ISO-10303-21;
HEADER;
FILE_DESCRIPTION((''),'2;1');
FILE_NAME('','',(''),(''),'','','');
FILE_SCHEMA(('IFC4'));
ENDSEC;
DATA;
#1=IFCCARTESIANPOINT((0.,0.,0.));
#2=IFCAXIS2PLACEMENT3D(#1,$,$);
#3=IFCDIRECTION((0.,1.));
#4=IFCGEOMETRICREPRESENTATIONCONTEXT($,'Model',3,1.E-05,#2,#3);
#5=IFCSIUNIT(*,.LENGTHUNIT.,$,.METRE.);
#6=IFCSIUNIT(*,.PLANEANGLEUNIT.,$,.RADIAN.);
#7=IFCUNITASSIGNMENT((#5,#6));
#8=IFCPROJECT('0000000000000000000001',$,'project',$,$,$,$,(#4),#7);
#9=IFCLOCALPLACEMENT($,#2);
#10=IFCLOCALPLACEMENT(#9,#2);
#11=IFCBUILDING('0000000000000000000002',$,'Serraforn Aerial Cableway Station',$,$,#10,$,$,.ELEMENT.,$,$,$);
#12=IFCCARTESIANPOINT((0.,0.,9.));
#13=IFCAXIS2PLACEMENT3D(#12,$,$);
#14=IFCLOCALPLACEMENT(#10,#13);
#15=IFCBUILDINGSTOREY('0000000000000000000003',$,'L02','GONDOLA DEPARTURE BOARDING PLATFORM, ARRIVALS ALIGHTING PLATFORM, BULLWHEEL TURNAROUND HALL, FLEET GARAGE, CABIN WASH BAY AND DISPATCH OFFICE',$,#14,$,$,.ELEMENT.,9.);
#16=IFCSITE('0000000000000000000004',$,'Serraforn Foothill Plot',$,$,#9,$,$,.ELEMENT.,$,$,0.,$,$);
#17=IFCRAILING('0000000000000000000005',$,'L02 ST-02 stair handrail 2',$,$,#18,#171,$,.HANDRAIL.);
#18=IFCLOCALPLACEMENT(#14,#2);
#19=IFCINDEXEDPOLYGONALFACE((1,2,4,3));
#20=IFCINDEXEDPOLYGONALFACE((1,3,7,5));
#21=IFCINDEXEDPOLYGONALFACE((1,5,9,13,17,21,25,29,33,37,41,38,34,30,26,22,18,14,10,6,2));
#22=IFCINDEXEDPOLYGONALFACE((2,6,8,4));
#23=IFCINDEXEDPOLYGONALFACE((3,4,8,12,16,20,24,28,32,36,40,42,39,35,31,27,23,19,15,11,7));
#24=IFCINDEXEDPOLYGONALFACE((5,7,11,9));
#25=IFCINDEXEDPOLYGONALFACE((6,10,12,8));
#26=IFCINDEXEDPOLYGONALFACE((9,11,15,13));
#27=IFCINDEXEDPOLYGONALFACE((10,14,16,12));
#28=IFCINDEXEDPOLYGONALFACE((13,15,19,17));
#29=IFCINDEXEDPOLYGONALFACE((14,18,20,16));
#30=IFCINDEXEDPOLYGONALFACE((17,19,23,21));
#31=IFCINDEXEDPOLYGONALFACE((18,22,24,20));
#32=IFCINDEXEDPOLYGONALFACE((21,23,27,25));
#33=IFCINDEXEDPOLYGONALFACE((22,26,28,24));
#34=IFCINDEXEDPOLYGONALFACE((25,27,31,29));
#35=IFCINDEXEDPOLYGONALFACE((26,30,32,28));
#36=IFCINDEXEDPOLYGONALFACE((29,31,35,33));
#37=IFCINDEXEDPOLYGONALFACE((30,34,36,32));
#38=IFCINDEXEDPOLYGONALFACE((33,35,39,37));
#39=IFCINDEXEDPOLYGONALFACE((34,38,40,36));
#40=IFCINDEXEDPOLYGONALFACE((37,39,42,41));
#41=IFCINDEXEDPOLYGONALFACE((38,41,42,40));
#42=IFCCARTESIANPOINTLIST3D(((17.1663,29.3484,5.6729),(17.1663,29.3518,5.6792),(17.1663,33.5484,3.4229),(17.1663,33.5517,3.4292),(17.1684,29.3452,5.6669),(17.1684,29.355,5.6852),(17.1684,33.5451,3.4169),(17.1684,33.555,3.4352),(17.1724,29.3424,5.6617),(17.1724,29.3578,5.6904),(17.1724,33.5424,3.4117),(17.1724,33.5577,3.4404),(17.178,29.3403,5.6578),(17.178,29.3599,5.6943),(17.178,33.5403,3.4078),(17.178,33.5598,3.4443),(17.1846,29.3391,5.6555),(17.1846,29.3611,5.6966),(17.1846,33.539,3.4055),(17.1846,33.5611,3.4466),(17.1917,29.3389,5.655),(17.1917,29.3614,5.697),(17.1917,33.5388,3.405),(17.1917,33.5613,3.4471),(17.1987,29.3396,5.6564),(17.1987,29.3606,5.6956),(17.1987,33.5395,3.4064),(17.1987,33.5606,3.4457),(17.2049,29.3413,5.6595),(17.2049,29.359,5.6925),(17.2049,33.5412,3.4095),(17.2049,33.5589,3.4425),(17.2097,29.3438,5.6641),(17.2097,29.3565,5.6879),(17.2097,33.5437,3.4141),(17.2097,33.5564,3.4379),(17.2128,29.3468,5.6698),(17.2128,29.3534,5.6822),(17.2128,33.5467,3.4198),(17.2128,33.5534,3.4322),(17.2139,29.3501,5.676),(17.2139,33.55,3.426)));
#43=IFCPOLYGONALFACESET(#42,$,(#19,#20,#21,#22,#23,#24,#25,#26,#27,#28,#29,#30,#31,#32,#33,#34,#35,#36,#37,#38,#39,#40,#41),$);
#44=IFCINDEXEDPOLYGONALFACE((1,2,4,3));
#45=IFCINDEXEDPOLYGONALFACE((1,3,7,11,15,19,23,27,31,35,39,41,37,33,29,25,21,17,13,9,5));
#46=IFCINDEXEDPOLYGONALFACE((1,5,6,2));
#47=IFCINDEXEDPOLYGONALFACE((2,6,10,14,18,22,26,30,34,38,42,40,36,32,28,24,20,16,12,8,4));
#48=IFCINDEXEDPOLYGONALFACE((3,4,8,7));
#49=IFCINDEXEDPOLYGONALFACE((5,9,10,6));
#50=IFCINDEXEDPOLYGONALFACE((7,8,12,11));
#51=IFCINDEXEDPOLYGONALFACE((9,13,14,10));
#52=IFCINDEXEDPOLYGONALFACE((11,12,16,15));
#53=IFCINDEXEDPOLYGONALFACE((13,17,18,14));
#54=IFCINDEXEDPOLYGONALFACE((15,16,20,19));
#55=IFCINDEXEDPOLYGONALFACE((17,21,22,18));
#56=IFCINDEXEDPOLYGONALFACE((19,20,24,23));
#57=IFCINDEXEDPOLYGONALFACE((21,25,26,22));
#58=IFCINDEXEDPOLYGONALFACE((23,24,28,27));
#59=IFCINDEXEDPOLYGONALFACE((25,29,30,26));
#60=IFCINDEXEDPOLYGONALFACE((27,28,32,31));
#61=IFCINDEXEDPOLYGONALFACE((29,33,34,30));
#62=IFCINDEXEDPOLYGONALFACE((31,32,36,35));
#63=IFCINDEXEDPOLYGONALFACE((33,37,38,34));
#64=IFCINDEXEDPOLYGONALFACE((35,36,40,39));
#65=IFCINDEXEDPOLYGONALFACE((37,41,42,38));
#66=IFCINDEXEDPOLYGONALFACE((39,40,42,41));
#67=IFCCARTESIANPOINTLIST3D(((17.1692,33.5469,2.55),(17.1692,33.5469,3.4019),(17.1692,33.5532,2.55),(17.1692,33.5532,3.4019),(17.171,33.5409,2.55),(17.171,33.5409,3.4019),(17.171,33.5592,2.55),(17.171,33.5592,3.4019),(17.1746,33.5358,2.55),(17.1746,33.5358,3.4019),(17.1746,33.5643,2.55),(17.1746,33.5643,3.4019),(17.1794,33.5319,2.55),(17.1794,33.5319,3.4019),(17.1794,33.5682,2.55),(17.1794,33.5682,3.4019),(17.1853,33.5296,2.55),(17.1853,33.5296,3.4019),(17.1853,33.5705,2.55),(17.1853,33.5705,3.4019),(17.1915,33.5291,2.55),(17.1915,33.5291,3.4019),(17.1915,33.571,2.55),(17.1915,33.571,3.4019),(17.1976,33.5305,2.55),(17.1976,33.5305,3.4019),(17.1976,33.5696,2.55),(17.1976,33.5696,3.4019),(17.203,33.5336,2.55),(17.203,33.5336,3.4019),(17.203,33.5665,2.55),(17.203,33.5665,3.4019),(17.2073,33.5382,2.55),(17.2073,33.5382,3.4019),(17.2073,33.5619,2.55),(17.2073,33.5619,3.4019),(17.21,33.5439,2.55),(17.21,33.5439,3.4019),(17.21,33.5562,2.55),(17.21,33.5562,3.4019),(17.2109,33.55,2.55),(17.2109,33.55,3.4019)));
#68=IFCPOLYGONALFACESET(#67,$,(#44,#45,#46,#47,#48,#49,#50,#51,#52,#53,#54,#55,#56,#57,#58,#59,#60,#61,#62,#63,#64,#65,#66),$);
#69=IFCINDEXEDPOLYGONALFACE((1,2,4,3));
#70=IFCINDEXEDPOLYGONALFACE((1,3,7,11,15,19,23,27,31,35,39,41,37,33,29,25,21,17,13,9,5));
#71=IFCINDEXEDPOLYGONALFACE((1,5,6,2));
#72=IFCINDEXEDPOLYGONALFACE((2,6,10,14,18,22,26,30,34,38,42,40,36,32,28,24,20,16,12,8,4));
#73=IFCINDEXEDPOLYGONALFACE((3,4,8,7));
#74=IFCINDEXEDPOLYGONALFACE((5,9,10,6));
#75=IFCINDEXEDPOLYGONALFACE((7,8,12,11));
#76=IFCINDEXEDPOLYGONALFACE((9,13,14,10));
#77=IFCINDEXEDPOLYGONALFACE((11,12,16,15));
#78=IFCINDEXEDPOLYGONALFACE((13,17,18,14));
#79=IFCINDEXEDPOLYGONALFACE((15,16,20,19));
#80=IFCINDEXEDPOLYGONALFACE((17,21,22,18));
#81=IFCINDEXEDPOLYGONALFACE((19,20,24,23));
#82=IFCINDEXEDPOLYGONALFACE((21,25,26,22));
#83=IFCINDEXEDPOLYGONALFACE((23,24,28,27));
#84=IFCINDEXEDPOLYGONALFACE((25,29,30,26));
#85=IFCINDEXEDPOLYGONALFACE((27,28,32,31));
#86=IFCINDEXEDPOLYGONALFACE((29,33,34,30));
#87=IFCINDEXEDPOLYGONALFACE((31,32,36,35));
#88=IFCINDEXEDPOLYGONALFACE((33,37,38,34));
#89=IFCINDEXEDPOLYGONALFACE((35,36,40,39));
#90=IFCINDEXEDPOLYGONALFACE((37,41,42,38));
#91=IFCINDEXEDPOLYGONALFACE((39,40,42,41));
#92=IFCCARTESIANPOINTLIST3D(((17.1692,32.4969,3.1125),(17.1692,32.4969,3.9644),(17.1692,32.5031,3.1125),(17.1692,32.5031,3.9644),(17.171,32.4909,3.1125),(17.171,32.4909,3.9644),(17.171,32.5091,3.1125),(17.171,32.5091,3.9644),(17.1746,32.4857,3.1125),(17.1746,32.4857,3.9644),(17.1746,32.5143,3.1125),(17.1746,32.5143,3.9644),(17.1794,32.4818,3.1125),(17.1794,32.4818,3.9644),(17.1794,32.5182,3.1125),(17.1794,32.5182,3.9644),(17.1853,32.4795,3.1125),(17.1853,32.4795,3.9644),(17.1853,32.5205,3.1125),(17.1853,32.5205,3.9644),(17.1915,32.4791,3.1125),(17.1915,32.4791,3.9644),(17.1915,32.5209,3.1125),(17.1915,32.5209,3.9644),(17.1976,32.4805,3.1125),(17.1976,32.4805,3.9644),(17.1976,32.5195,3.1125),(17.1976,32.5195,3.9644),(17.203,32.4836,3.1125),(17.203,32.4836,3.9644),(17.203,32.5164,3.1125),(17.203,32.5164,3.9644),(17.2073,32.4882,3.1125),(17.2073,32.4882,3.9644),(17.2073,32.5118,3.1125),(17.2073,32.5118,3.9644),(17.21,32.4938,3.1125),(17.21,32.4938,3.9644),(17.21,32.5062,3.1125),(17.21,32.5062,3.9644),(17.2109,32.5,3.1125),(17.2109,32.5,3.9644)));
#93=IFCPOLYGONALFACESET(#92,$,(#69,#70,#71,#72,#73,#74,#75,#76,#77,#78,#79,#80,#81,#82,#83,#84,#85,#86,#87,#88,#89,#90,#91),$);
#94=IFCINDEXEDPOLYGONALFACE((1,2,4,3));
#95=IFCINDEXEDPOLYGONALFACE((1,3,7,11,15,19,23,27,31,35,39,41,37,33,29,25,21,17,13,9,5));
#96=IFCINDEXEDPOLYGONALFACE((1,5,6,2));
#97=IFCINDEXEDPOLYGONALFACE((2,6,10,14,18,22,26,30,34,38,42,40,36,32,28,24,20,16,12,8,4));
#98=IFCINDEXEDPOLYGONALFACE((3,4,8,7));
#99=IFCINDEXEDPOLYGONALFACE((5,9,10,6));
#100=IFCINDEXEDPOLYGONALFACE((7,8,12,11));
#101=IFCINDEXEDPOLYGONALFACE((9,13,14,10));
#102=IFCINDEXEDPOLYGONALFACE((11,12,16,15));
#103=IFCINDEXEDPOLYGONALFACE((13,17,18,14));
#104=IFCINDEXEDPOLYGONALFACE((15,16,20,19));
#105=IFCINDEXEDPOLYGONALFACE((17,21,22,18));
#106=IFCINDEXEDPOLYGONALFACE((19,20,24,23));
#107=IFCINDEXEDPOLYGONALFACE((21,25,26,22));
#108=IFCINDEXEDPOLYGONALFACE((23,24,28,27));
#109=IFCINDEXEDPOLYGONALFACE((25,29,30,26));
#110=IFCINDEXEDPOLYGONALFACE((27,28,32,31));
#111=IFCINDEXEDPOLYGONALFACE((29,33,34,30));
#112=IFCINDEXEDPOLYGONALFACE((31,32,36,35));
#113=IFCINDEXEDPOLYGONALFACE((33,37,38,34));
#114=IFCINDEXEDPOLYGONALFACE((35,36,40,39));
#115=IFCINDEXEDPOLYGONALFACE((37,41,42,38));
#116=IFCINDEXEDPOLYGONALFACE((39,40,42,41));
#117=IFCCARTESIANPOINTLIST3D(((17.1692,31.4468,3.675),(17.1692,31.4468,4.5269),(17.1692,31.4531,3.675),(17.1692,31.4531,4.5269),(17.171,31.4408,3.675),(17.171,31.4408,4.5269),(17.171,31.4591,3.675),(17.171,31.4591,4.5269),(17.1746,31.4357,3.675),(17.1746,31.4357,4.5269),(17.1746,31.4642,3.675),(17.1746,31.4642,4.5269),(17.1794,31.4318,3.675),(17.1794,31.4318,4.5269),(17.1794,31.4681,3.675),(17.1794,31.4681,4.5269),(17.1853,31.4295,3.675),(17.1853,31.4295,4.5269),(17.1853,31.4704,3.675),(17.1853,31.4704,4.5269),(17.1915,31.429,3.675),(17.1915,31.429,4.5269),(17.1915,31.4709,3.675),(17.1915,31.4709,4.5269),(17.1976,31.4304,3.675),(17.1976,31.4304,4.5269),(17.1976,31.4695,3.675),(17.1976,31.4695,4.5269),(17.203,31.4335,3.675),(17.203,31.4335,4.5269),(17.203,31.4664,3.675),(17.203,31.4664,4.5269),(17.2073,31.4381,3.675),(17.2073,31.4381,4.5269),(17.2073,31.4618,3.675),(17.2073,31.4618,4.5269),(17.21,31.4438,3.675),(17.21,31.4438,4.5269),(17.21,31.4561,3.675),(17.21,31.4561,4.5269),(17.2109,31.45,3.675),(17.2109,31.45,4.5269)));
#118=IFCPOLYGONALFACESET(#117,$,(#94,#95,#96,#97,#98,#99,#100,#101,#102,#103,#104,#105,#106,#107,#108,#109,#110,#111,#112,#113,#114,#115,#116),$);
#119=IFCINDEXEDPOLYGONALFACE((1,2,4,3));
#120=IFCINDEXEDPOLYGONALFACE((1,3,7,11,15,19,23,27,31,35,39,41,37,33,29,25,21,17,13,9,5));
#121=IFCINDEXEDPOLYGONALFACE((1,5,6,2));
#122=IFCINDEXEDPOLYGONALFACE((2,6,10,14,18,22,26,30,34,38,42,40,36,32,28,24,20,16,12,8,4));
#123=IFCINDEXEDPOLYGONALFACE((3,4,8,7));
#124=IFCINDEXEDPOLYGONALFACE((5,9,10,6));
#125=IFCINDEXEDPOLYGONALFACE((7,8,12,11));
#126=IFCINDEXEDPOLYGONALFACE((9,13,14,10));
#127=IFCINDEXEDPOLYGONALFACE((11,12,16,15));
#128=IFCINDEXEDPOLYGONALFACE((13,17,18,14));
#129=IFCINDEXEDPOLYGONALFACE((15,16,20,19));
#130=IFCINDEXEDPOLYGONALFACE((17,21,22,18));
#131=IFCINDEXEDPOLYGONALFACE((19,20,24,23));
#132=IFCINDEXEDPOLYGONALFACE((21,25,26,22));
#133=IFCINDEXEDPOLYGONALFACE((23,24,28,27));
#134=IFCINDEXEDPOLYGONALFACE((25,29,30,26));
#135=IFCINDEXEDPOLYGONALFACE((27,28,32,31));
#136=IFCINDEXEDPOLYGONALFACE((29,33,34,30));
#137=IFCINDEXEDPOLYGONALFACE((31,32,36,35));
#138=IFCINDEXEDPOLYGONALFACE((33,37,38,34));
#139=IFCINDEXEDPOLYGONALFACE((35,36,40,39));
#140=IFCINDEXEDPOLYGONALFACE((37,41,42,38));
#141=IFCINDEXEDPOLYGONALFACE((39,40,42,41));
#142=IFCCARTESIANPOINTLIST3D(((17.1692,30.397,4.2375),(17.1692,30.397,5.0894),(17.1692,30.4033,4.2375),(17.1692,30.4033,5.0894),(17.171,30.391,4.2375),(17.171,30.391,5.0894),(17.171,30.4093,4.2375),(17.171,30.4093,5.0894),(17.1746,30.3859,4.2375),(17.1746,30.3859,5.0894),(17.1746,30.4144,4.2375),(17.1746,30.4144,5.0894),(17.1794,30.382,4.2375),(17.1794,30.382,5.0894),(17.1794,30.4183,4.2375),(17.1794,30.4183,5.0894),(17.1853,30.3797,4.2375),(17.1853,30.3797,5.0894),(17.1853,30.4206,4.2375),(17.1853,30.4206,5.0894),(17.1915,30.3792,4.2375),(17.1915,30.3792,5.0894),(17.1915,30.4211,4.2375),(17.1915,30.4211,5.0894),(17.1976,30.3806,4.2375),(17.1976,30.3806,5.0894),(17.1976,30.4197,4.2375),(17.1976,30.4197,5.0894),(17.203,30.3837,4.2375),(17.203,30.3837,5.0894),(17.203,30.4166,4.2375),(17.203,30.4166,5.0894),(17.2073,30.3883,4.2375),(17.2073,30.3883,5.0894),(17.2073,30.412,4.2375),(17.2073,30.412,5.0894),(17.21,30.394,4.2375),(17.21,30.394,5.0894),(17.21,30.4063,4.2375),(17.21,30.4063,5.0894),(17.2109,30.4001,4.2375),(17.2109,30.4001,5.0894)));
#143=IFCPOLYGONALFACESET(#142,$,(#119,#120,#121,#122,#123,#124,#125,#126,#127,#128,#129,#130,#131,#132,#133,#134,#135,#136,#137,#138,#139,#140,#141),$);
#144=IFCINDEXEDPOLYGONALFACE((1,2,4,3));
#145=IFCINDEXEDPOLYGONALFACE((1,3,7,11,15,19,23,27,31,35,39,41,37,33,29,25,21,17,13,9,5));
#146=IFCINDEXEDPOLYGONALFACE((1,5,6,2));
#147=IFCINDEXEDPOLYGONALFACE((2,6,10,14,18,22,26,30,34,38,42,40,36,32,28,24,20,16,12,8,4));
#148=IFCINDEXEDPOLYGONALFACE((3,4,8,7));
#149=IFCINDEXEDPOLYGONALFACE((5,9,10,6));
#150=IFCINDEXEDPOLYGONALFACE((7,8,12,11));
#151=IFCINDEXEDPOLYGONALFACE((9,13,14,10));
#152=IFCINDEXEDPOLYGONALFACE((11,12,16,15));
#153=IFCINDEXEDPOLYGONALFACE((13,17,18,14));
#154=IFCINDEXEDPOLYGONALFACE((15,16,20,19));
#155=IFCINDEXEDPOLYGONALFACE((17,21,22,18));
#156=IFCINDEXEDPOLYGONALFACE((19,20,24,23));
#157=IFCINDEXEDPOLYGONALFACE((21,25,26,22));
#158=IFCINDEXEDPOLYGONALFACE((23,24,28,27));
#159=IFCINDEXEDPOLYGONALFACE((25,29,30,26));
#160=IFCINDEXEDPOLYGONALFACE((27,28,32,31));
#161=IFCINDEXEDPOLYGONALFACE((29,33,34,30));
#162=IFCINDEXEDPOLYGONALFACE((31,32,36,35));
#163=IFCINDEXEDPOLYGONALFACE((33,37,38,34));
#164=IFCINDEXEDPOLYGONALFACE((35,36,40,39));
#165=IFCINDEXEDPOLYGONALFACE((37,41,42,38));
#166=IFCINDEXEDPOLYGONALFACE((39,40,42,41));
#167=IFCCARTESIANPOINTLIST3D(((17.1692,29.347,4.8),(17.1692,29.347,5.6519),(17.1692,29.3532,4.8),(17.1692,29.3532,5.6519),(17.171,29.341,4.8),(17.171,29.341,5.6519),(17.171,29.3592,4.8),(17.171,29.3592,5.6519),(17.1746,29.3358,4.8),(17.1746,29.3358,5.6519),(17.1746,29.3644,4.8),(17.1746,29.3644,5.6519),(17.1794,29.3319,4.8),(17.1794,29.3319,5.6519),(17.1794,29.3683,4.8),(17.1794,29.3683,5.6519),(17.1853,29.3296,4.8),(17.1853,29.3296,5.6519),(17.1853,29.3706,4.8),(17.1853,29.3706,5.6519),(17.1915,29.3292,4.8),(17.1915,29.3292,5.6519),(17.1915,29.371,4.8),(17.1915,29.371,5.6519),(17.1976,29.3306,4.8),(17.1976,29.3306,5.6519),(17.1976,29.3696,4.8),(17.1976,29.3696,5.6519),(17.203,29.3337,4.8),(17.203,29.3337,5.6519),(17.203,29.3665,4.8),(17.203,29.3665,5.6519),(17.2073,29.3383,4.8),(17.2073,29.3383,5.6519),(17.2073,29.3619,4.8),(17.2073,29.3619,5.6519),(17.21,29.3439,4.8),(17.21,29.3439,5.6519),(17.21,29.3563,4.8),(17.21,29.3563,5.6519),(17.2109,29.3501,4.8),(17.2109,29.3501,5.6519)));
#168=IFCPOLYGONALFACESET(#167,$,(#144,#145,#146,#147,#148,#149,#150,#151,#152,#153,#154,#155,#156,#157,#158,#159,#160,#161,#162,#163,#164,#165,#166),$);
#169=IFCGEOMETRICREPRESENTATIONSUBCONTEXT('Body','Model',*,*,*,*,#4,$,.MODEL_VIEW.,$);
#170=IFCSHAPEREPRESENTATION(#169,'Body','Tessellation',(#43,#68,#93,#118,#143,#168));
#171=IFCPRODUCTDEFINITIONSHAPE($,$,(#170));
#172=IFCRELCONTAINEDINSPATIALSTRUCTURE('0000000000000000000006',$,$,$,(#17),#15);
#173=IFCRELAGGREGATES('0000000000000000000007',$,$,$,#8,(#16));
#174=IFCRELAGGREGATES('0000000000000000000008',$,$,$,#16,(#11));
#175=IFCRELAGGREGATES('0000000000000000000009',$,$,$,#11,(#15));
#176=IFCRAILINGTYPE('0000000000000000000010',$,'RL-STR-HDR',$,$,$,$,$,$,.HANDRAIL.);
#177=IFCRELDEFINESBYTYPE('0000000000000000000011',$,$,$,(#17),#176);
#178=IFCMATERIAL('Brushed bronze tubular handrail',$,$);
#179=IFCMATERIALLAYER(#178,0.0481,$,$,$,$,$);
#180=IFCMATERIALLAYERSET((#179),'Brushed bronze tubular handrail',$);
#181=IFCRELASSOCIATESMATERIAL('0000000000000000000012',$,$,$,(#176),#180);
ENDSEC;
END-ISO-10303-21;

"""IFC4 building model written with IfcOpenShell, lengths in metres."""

from ifc_helpers import new_model, si_unit, direction, frame, origin, origin_2d, place, context, subcontext, project, spatial, circle, extrude, material, layer, layer_set, type_object, element, save


model = new_model("IFC4")

# Units and contexts
model_context = context("Model", 3, precision=1e-05, world=origin(), true_north=direction((0.0, 1.0)))
body_context = subcontext(model_context, "Body", "Model", "MODEL_VIEW")
ifc_project = project(units=[si_unit("LENGTHUNIT", "METRE"), si_unit("PLANEANGLEUNIT", "RADIAN")], contexts=[model_context])

# Site, building, storey
site_placement = place(None, origin())
site = spatial("IfcSite", under=ifc_project, at=site_placement, Name="Serraforn Foothill Plot", CompositionType="ELEMENT", RefElevation=0.0)
building_placement = place(site_placement, origin())
building = spatial("IfcBuilding", under=site, at=building_placement, Name="Serraforn Aerial Cableway Station", CompositionType="ELEMENT")
storey_placement = place(building_placement, frame((0.0, 0.0, 9.0)))
storey = spatial("IfcBuildingStorey", under=building, at=storey_placement, Name="L02", Description="GONDOLA DEPARTURE BOARDING PLATFORM, ARRIVALS ALIGHTING PLATFORM, BULLWHEEL TURNAROUND HALL, FLEET GARAGE, CABIN WASH BAY AND DISPATCH OFFICE", CompositionType="ELEMENT", Elevation=9.0)

# Railing
ifc_material_1 = material(Name="Brushed bronze tubular handrail")
ifc_layer_1 = layer(ifc_material_1, 0.0481)
ifc_layer_set_1 = layer_set([ifc_layer_1], Name="Brushed bronze tubular handrail")
railing_type_1 = type_object("IfcRailingType", Name="RL-STR-HDR", PredefinedType="HANDRAIL", material=ifc_layer_set_1)
railing_1_placement = place(storey_placement, frame((17.1899, 33.55, 2.55)))
element("IfcRailing", 1, at=railing_1_placement, inside=storey, type_object=railing_type_1, Name="L02 ST-02 stair handrail 2", PredefinedType="HANDRAIL", context=body_context, shape_type="SweptSolid", body=[
    extrude(circle(Radius=0.0239, at=origin_2d()), frame((0.0, 0.0, 0.876), z_axis=(0.0, -0.881478, 0.472226), x_axis=(1.0, 0.0, 0.0)), (0.0, 0.0, 1.0), 4.7646),
    extrude(circle(Radius=0.021, at=origin_2d()), origin(), (0.0, 0.0, 1.0), 0.8518),
    extrude(circle(Radius=0.021, at=origin_2d()), frame((0.0, -1.05, 0.5625)), (0.0, 0.0, 1.0), 0.8518),
    extrude(circle(Radius=0.021, at=origin_2d()), frame((0.0, -2.1001, 1.125)), (0.0, 0.0, 1.0), 0.8518),
    extrude(circle(Radius=0.021, at=origin_2d()), frame((0.0, -3.1499, 1.6875)), (0.0, 0.0, 1.0), 0.8518),
    extrude(circle(Radius=0.021, at=origin_2d()), frame((0.0, -4.2, 2.25)), (0.0, 0.0, 1.0), 0.8518),
])

save(model, "model.ifc")
